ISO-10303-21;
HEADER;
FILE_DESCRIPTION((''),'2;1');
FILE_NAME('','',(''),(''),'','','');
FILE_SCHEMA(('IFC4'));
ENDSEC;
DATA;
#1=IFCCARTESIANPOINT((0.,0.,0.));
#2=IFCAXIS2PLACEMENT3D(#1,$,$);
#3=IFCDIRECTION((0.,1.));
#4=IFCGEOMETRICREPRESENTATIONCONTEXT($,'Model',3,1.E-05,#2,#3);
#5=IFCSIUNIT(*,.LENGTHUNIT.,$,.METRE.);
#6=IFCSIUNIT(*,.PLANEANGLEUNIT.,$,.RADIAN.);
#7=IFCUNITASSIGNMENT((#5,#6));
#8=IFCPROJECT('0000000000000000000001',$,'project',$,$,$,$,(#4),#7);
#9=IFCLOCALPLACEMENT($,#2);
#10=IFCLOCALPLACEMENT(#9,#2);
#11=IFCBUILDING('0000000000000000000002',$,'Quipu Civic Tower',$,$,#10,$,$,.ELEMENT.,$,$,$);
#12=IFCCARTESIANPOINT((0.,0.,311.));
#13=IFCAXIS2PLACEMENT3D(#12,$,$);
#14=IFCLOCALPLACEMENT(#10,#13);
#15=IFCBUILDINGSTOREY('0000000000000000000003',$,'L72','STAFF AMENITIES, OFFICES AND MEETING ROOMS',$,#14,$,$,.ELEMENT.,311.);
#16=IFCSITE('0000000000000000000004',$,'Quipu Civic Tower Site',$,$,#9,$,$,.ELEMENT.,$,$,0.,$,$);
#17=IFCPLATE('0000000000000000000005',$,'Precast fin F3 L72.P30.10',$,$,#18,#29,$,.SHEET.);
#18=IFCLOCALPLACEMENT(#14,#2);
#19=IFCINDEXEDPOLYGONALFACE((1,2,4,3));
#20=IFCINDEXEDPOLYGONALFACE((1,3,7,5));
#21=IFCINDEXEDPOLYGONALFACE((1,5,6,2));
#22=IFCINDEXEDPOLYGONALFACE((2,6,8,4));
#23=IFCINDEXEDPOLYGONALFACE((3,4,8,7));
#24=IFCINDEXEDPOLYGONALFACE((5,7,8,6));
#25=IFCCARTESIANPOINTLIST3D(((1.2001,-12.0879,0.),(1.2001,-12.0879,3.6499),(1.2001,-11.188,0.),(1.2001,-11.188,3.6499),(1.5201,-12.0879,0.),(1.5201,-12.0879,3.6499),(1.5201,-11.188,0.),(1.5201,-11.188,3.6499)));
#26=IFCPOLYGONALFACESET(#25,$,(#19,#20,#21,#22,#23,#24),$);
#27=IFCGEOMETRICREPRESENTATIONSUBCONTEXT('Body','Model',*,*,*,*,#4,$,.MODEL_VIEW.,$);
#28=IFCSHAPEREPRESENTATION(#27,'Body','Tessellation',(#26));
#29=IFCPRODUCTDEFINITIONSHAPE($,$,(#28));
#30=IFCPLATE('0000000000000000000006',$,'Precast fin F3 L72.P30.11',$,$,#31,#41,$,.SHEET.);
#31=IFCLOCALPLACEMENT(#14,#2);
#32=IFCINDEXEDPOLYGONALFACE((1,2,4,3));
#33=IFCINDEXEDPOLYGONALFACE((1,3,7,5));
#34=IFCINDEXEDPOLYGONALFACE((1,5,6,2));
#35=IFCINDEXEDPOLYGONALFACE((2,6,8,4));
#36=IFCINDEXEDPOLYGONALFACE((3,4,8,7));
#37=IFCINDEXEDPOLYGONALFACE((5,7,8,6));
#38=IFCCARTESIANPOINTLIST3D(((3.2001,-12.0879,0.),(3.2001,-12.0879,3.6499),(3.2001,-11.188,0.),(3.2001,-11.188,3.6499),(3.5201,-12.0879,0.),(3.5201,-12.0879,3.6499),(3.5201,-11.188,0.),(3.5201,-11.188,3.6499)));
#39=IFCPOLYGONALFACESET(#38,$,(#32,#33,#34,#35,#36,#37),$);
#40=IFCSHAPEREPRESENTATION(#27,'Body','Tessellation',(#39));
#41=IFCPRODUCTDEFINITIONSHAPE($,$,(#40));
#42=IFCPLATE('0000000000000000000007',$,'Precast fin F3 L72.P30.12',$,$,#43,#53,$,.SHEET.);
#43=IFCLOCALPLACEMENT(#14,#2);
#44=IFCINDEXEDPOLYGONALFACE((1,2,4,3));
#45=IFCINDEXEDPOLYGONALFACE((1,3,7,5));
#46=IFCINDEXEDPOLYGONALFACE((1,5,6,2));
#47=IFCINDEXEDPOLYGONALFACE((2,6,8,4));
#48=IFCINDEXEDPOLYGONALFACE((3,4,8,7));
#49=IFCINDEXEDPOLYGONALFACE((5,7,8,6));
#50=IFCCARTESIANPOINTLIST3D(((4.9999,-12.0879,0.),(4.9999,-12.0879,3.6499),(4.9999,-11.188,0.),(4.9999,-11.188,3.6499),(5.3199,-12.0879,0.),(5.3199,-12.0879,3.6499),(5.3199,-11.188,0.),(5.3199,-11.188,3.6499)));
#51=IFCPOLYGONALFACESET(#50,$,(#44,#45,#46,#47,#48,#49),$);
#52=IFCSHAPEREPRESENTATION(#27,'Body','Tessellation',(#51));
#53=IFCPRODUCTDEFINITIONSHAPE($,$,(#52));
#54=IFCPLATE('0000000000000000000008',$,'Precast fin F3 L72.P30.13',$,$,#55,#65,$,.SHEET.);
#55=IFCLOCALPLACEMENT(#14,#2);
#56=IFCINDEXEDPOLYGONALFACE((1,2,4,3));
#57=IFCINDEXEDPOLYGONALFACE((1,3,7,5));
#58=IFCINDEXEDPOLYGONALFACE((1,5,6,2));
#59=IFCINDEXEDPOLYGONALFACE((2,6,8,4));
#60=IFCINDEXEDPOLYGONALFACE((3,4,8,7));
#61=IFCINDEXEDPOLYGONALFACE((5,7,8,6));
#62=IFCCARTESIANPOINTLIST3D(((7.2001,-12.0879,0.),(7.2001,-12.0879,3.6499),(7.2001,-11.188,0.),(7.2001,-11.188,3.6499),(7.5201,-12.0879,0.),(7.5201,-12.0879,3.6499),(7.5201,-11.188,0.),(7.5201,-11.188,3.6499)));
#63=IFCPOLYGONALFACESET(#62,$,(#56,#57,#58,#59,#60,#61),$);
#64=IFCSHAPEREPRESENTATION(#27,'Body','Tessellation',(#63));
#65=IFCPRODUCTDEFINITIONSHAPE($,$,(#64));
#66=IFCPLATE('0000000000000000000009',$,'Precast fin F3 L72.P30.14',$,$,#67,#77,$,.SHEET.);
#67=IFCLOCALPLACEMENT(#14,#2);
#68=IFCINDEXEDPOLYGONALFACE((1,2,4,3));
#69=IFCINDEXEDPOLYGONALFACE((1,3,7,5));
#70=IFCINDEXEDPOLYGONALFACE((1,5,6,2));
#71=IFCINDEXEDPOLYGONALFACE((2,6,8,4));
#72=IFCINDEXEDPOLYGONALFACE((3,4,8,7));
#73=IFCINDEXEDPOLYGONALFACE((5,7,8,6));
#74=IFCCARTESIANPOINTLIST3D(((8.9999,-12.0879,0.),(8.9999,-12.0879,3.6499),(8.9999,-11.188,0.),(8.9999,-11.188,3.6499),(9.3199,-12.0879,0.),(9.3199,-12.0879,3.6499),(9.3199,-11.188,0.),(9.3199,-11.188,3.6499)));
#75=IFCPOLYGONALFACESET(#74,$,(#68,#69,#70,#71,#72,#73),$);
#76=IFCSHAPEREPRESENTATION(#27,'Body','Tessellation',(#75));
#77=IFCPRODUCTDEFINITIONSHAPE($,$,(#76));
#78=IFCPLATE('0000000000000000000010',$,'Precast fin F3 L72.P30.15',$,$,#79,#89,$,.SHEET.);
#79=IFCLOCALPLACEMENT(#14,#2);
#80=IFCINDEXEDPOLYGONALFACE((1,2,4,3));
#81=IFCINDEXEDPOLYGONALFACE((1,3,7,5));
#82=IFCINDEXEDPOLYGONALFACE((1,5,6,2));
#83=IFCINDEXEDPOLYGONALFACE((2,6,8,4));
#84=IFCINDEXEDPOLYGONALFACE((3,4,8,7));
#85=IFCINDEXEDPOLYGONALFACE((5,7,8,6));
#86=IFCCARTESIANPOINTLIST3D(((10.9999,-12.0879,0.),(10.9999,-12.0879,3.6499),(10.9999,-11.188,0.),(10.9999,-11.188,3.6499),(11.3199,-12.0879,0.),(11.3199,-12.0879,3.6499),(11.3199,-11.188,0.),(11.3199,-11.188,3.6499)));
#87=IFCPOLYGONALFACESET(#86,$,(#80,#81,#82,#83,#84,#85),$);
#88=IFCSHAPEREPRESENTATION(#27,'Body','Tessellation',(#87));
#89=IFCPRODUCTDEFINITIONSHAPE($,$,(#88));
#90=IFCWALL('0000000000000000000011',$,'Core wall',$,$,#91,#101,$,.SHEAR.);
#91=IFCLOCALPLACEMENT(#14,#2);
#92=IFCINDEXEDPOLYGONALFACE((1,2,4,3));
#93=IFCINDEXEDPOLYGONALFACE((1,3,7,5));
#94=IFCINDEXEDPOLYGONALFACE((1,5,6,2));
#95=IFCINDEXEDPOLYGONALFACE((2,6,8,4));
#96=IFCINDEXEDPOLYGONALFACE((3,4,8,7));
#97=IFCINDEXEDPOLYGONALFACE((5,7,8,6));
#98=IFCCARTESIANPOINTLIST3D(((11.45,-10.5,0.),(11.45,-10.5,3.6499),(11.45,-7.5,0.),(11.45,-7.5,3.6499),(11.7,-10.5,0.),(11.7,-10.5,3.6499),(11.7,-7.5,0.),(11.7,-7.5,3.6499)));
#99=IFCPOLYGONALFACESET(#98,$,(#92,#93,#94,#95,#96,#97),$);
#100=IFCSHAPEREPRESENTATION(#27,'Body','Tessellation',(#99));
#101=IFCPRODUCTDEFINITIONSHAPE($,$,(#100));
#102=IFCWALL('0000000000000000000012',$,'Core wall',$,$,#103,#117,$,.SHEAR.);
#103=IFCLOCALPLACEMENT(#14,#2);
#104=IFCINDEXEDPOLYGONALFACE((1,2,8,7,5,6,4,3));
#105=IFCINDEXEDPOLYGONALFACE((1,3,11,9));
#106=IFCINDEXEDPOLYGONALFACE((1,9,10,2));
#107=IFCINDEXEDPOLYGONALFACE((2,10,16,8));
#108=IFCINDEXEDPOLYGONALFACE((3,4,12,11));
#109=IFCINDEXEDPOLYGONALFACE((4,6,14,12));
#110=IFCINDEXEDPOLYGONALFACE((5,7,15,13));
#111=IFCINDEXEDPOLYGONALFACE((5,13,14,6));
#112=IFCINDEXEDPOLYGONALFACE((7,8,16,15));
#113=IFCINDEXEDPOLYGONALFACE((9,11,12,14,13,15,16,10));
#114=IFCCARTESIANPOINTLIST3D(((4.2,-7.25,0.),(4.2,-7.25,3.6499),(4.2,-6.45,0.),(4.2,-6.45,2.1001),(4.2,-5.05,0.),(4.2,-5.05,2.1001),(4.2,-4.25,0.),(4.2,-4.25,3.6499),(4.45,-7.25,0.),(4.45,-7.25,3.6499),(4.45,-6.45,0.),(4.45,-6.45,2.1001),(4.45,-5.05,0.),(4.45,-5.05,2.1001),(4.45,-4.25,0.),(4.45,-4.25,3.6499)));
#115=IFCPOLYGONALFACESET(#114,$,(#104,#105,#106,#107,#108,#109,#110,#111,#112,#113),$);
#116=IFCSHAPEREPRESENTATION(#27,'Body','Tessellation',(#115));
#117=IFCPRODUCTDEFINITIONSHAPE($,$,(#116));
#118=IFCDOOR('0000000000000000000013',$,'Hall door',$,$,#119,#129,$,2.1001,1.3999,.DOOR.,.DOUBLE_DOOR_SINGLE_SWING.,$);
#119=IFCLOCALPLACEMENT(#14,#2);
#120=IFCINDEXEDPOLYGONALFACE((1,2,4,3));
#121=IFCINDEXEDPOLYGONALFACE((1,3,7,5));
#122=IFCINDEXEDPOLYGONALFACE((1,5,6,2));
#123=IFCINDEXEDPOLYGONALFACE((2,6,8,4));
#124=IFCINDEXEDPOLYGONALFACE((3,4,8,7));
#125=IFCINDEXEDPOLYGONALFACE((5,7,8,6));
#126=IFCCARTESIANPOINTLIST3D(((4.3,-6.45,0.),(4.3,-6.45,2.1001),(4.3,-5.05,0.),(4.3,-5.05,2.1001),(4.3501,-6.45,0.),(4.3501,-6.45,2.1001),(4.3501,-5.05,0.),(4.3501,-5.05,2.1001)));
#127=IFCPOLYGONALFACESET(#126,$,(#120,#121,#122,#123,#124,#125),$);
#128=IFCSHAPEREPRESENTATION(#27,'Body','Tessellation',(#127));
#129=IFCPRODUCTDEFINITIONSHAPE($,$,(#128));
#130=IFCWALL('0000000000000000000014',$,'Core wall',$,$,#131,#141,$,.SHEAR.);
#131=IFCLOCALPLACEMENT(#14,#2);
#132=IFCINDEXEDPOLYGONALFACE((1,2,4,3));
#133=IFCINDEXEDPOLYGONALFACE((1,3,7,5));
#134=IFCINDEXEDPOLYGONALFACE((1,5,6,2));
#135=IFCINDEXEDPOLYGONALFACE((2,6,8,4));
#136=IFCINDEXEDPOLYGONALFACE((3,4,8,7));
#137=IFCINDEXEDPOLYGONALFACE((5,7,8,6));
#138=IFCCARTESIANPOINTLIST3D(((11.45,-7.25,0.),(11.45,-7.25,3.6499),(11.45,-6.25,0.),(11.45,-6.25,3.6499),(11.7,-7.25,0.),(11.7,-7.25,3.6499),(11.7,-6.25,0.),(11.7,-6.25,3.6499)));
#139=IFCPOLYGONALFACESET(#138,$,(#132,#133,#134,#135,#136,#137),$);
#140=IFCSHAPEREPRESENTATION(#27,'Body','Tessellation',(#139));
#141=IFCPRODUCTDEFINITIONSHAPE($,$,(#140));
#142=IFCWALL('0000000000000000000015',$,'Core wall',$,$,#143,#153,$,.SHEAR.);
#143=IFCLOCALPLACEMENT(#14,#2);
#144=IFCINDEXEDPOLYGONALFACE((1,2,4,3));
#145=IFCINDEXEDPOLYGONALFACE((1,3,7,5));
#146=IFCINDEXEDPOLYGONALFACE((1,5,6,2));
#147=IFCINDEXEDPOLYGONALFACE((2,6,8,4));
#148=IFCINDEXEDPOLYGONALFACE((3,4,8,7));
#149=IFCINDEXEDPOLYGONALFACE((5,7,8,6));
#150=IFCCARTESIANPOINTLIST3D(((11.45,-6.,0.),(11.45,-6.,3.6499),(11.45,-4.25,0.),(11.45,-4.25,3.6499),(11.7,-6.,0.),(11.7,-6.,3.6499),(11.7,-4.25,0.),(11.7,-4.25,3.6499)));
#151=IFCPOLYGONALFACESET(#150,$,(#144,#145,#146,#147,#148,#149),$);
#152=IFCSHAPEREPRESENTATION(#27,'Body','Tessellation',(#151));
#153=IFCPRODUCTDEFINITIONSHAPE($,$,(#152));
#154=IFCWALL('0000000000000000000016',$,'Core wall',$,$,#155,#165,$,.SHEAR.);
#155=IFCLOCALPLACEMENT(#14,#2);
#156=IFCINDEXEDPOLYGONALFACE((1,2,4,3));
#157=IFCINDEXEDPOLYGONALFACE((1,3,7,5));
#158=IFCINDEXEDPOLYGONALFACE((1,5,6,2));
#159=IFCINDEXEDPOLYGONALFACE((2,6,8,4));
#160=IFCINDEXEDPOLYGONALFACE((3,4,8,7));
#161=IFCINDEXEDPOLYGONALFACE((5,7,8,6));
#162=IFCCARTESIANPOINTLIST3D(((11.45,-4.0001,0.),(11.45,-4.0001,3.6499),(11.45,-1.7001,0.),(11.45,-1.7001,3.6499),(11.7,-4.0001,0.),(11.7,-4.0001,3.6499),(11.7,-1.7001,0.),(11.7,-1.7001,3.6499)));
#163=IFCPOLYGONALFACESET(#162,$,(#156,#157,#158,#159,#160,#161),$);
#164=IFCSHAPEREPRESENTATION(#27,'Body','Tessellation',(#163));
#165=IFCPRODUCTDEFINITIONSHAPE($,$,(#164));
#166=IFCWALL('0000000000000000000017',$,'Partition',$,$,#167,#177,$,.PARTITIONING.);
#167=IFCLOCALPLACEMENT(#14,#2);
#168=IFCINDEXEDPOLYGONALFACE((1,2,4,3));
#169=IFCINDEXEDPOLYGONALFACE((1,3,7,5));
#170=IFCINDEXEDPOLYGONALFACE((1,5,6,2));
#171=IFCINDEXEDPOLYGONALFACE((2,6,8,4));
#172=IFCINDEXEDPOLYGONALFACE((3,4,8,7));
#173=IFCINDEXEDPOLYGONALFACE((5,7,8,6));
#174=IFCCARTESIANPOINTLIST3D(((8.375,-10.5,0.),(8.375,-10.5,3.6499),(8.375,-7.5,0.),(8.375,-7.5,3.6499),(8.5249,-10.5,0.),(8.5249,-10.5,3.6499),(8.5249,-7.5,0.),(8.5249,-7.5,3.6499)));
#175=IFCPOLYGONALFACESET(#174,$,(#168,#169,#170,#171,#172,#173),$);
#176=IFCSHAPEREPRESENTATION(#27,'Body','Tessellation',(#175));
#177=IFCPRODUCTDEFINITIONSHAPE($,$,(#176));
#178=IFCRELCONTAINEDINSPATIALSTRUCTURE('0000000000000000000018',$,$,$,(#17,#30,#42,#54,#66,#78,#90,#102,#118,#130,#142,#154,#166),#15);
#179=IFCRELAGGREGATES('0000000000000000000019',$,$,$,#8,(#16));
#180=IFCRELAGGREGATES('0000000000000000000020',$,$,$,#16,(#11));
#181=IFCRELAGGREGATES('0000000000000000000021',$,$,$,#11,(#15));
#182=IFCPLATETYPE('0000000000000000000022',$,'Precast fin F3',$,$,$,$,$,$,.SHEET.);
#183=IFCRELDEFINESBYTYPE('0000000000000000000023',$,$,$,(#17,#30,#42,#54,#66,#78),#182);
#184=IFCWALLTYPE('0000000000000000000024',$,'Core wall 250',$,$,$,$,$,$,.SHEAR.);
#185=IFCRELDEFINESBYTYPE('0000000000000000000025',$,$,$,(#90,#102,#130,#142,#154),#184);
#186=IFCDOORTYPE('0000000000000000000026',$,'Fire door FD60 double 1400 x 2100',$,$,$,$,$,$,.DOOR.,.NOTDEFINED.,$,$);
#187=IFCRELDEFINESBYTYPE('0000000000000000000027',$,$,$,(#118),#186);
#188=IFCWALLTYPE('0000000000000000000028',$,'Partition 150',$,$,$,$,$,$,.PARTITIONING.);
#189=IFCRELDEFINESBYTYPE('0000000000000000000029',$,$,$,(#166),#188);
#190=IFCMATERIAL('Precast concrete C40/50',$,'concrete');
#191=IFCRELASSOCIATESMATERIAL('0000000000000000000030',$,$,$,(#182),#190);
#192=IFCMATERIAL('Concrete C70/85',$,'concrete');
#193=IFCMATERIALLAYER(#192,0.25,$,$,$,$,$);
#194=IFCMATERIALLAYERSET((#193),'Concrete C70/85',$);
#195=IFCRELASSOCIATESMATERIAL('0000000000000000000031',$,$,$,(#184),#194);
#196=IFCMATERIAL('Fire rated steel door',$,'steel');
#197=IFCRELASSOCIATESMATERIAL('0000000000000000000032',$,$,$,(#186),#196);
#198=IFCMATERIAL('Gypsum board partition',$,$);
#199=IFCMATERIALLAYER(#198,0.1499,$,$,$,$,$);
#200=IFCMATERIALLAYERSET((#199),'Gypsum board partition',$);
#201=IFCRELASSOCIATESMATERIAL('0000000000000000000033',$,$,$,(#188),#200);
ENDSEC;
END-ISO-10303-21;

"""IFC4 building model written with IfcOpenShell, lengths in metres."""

from ifc_helpers import new_model, si_unit, direction, frame, frame_2d, origin, origin_2d, place, context, subcontext, project, spatial, rectangle, extrude, material, layer, layer_set, type_object, element, fill, save


model = new_model("IFC4")

# Units and contexts
model_context = context("Model", 3, precision=1e-05, world=origin(), true_north=direction((0.0, 1.0)))
body_context = subcontext(model_context, "Body", "Model", "MODEL_VIEW")
ifc_project = project(units=[si_unit("LENGTHUNIT", "METRE"), si_unit("PLANEANGLEUNIT", "RADIAN")], contexts=[model_context])

# Site, building, storey
site_placement = place(None, origin())
site = spatial("IfcSite", under=ifc_project, at=site_placement, Name="Quipu Civic Tower Site", CompositionType="ELEMENT", RefElevation=0.0)
building_placement = place(site_placement, origin())
building = spatial("IfcBuilding", under=site, at=building_placement, Name="Quipu Civic Tower", CompositionType="ELEMENT")
storey_placement = place(building_placement, frame((0.0, 0.0, 311.0)))
storey = spatial("IfcBuildingStorey", under=building, at=storey_placement, Name="L72", Description="STAFF AMENITIES, OFFICES AND MEETING ROOMS", CompositionType="ELEMENT", Elevation=311.0)

# Plates
ifc_material_1 = material(Name="Precast concrete C40/50", Category="concrete")
plate_type = type_object("IfcPlateType", Name="Precast fin F3", PredefinedType="SHEET", material=ifc_material_1)
for number, where, z_axis, x_axis, name in (
    (1, (1.3601, -11.6379, 0.0), (0.0, 0.0, 1.0), (1.0, 0.0, 0.0), "Precast fin F3 L72.P30.10"),
    (2, (3.3601, -11.6379, 0.0), (0.0, 0.0, 1.0), (1.0, 0.0, 0.0), "Precast fin F3 L72.P30.11"),
    (3, (5.1599, -11.6379, 0.0), (0.0, 0.0, 1.0), (1.0, 0.0, 0.0), "Precast fin F3 L72.P30.12"),
    (4, (7.3601, -11.6379, 0.0), (0.0, 0.0, 1.0), (1.0, 0.0, 0.0), "Precast fin F3 L72.P30.13"),
    (5, (9.1599, -11.6379, 0.0), (0.0, 0.0, 1.0), (1.0, 0.0, 0.0), "Precast fin F3 L72.P30.14"),
    (6, (11.1599, -11.6379, 0.0), (0.0, 0.0, 1.0), (1.0, 0.0, 0.0), "Precast fin F3 L72.P30.15"),
):
    element("IfcPlate", number, at=place(storey_placement, frame(where, z_axis=z_axis, x_axis=x_axis)), inside=storey, type_object=plate_type, Name=name, PredefinedType="SHEET", context=body_context, shape_type="SweptSolid", body=[
        extrude(rectangle(XDim=0.3201, YDim=0.8999, at=origin_2d()), origin(), (0.0, 0.0, 1.0), 3.6499),
    ])

# Wall
ifc_material_2 = material(Name="Concrete C70/85", Category="concrete")
ifc_layer_1 = layer(ifc_material_2, 0.25)
ifc_layer_set_1 = layer_set([ifc_layer_1], Name="Concrete C70/85")
wall_type_1 = type_object("IfcWallType", Name="Core wall 250", PredefinedType="SHEAR", material=ifc_layer_set_1)
wall_1_placement = place(storey_placement, frame((11.575, -10.5, 0.0), z_axis=(0.0, 0.0, 1.0), x_axis=(0.0, 1.0, 0.0)))
element("IfcWall", 7, at=wall_1_placement, inside=storey, type_object=wall_type_1, Name="Core wall", PredefinedType="SHEAR", context=body_context, shape_type="SweptSolid", body=[
    extrude(rectangle(XDim=3.0, YDim=0.25, at=frame_2d((1.5, 0.0))), origin(), (0.0, 0.0, 1.0), 3.6499),
])

# Wall, opening, door
wall_2_placement = place(storey_placement, frame((4.325, -7.25, 0.0), z_axis=(0.0, 0.0, 1.0), x_axis=(0.0, 1.0, 0.0)))
wall_2 = element("IfcWall", 8, at=wall_2_placement, inside=storey, type_object=wall_type_1, Name="Core wall", PredefinedType="SHEAR", context=body_context, shape_type="SweptSolid", body=[
    extrude(rectangle(XDim=3.0, YDim=0.25, at=frame_2d((1.5, 0.0))), origin(), (0.0, 0.0, 1.0), 3.6499),
])
opening_1_placement = place(wall_2_placement, frame((0.8, 0.0, 0.0)))
opening_1 = element("IfcOpeningElement", 9, at=opening_1_placement, cuts=wall_2, PredefinedType="OPENING", context=body_context, shape_type="SweptSolid", body=[
    extrude(rectangle(XDim=1.3999, YDim=2.1001, at=frame_2d((0.7, 1.05))), frame((0.0, 0.135, 0.0), z_axis=(0.0, -1.0, 0.0), x_axis=(1.0, 0.0, 0.0)), (0.0, 0.0, 1.0), 0.27),
])
ifc_material_3 = material(Name="Fire rated steel door", Category="steel")
door_type_1 = type_object("IfcDoorType", Name="Fire door FD60 double 1400 x 2100", OperationType="NOTDEFINED", PredefinedType="DOOR", material=ifc_material_3)
door_1_placement = place(opening_1_placement, origin())
door_1 = element("IfcDoor", 10, at=door_1_placement, inside=storey, type_object=door_type_1, Name="Hall door", OperationType="DOUBLE_DOOR_SINGLE_SWING", OverallHeight=2.1001, OverallWidth=1.3999, PredefinedType="DOOR", context=body_context, shape_type="SweptSolid", body=[
    extrude(rectangle(XDim=1.3999, YDim=2.1001, at=frame_2d((0.7, 1.05))), frame((0.0, 0.0249, 0.0), z_axis=(0.0, -1.0, 0.0), x_axis=(1.0, 0.0, 0.0)), (0.0, 0.0, 1.0), 0.05),
])
fill(opening_1, door_1)

# Walls
wall_3_placement = place(storey_placement, frame((11.575, -7.25, 0.0), z_axis=(0.0, 0.0, 1.0), x_axis=(0.0, 1.0, 0.0)))
element("IfcWall", 11, at=wall_3_placement, inside=storey, type_object=wall_type_1, Name="Core wall", PredefinedType="SHEAR", context=body_context, shape_type="SweptSolid", body=[
    extrude(rectangle(XDim=1.0, YDim=0.25, at=frame_2d((0.5, 0.0))), origin(), (0.0, 0.0, 1.0), 3.6499),
])
wall_4_placement = place(storey_placement, frame((11.575, -6.0, 0.0), z_axis=(0.0, 0.0, 1.0), x_axis=(0.0, 1.0, 0.0)))
element("IfcWall", 12, at=wall_4_placement, inside=storey, type_object=wall_type_1, Name="Core wall", PredefinedType="SHEAR", context=body_context, shape_type="SweptSolid", body=[
    extrude(rectangle(XDim=1.75, YDim=0.25, at=frame_2d((0.875, 0.0))), origin(), (0.0, 0.0, 1.0), 3.6499),
])
wall_5_placement = place(storey_placement, frame((11.575, -4.0, 0.0), z_axis=(0.0, 0.0, 1.0), x_axis=(0.0, 1.0, 0.0)))
element("IfcWall", 13, at=wall_5_placement, inside=storey, type_object=wall_type_1, Name="Core wall", PredefinedType="SHEAR", context=body_context, shape_type="SweptSolid", body=[
    extrude(rectangle(XDim=2.3, YDim=0.25, at=frame_2d((1.1499, 0.0))), origin(), (0.0, 0.0, 1.0), 3.6499),
])
ifc_material_4 = material(Name="Gypsum board partition")
ifc_layer_2 = layer(ifc_material_4, 0.1499)
ifc_layer_set_2 = layer_set([ifc_layer_2], Name="Gypsum board partition")
wall_type_2 = type_object("IfcWallType", Name="Partition 150", PredefinedType="PARTITIONING", material=ifc_layer_set_2)
wall_6_placement = place(storey_placement, frame((8.45, -10.5, 0.0), z_axis=(0.0, 0.0, 1.0), x_axis=(0.0, 1.0, 0.0)))
element("IfcWall", 14, at=wall_6_placement, inside=storey, type_object=wall_type_2, Name="Partition", PredefinedType="PARTITIONING", context=body_context, shape_type="SweptSolid", body=[
    extrude(rectangle(XDim=3.0, YDim=0.1499, at=frame_2d((1.5, 0.0))), origin(), (0.0, 0.0, 1.0), 3.6499),
])

save(model, "model.ifc")
